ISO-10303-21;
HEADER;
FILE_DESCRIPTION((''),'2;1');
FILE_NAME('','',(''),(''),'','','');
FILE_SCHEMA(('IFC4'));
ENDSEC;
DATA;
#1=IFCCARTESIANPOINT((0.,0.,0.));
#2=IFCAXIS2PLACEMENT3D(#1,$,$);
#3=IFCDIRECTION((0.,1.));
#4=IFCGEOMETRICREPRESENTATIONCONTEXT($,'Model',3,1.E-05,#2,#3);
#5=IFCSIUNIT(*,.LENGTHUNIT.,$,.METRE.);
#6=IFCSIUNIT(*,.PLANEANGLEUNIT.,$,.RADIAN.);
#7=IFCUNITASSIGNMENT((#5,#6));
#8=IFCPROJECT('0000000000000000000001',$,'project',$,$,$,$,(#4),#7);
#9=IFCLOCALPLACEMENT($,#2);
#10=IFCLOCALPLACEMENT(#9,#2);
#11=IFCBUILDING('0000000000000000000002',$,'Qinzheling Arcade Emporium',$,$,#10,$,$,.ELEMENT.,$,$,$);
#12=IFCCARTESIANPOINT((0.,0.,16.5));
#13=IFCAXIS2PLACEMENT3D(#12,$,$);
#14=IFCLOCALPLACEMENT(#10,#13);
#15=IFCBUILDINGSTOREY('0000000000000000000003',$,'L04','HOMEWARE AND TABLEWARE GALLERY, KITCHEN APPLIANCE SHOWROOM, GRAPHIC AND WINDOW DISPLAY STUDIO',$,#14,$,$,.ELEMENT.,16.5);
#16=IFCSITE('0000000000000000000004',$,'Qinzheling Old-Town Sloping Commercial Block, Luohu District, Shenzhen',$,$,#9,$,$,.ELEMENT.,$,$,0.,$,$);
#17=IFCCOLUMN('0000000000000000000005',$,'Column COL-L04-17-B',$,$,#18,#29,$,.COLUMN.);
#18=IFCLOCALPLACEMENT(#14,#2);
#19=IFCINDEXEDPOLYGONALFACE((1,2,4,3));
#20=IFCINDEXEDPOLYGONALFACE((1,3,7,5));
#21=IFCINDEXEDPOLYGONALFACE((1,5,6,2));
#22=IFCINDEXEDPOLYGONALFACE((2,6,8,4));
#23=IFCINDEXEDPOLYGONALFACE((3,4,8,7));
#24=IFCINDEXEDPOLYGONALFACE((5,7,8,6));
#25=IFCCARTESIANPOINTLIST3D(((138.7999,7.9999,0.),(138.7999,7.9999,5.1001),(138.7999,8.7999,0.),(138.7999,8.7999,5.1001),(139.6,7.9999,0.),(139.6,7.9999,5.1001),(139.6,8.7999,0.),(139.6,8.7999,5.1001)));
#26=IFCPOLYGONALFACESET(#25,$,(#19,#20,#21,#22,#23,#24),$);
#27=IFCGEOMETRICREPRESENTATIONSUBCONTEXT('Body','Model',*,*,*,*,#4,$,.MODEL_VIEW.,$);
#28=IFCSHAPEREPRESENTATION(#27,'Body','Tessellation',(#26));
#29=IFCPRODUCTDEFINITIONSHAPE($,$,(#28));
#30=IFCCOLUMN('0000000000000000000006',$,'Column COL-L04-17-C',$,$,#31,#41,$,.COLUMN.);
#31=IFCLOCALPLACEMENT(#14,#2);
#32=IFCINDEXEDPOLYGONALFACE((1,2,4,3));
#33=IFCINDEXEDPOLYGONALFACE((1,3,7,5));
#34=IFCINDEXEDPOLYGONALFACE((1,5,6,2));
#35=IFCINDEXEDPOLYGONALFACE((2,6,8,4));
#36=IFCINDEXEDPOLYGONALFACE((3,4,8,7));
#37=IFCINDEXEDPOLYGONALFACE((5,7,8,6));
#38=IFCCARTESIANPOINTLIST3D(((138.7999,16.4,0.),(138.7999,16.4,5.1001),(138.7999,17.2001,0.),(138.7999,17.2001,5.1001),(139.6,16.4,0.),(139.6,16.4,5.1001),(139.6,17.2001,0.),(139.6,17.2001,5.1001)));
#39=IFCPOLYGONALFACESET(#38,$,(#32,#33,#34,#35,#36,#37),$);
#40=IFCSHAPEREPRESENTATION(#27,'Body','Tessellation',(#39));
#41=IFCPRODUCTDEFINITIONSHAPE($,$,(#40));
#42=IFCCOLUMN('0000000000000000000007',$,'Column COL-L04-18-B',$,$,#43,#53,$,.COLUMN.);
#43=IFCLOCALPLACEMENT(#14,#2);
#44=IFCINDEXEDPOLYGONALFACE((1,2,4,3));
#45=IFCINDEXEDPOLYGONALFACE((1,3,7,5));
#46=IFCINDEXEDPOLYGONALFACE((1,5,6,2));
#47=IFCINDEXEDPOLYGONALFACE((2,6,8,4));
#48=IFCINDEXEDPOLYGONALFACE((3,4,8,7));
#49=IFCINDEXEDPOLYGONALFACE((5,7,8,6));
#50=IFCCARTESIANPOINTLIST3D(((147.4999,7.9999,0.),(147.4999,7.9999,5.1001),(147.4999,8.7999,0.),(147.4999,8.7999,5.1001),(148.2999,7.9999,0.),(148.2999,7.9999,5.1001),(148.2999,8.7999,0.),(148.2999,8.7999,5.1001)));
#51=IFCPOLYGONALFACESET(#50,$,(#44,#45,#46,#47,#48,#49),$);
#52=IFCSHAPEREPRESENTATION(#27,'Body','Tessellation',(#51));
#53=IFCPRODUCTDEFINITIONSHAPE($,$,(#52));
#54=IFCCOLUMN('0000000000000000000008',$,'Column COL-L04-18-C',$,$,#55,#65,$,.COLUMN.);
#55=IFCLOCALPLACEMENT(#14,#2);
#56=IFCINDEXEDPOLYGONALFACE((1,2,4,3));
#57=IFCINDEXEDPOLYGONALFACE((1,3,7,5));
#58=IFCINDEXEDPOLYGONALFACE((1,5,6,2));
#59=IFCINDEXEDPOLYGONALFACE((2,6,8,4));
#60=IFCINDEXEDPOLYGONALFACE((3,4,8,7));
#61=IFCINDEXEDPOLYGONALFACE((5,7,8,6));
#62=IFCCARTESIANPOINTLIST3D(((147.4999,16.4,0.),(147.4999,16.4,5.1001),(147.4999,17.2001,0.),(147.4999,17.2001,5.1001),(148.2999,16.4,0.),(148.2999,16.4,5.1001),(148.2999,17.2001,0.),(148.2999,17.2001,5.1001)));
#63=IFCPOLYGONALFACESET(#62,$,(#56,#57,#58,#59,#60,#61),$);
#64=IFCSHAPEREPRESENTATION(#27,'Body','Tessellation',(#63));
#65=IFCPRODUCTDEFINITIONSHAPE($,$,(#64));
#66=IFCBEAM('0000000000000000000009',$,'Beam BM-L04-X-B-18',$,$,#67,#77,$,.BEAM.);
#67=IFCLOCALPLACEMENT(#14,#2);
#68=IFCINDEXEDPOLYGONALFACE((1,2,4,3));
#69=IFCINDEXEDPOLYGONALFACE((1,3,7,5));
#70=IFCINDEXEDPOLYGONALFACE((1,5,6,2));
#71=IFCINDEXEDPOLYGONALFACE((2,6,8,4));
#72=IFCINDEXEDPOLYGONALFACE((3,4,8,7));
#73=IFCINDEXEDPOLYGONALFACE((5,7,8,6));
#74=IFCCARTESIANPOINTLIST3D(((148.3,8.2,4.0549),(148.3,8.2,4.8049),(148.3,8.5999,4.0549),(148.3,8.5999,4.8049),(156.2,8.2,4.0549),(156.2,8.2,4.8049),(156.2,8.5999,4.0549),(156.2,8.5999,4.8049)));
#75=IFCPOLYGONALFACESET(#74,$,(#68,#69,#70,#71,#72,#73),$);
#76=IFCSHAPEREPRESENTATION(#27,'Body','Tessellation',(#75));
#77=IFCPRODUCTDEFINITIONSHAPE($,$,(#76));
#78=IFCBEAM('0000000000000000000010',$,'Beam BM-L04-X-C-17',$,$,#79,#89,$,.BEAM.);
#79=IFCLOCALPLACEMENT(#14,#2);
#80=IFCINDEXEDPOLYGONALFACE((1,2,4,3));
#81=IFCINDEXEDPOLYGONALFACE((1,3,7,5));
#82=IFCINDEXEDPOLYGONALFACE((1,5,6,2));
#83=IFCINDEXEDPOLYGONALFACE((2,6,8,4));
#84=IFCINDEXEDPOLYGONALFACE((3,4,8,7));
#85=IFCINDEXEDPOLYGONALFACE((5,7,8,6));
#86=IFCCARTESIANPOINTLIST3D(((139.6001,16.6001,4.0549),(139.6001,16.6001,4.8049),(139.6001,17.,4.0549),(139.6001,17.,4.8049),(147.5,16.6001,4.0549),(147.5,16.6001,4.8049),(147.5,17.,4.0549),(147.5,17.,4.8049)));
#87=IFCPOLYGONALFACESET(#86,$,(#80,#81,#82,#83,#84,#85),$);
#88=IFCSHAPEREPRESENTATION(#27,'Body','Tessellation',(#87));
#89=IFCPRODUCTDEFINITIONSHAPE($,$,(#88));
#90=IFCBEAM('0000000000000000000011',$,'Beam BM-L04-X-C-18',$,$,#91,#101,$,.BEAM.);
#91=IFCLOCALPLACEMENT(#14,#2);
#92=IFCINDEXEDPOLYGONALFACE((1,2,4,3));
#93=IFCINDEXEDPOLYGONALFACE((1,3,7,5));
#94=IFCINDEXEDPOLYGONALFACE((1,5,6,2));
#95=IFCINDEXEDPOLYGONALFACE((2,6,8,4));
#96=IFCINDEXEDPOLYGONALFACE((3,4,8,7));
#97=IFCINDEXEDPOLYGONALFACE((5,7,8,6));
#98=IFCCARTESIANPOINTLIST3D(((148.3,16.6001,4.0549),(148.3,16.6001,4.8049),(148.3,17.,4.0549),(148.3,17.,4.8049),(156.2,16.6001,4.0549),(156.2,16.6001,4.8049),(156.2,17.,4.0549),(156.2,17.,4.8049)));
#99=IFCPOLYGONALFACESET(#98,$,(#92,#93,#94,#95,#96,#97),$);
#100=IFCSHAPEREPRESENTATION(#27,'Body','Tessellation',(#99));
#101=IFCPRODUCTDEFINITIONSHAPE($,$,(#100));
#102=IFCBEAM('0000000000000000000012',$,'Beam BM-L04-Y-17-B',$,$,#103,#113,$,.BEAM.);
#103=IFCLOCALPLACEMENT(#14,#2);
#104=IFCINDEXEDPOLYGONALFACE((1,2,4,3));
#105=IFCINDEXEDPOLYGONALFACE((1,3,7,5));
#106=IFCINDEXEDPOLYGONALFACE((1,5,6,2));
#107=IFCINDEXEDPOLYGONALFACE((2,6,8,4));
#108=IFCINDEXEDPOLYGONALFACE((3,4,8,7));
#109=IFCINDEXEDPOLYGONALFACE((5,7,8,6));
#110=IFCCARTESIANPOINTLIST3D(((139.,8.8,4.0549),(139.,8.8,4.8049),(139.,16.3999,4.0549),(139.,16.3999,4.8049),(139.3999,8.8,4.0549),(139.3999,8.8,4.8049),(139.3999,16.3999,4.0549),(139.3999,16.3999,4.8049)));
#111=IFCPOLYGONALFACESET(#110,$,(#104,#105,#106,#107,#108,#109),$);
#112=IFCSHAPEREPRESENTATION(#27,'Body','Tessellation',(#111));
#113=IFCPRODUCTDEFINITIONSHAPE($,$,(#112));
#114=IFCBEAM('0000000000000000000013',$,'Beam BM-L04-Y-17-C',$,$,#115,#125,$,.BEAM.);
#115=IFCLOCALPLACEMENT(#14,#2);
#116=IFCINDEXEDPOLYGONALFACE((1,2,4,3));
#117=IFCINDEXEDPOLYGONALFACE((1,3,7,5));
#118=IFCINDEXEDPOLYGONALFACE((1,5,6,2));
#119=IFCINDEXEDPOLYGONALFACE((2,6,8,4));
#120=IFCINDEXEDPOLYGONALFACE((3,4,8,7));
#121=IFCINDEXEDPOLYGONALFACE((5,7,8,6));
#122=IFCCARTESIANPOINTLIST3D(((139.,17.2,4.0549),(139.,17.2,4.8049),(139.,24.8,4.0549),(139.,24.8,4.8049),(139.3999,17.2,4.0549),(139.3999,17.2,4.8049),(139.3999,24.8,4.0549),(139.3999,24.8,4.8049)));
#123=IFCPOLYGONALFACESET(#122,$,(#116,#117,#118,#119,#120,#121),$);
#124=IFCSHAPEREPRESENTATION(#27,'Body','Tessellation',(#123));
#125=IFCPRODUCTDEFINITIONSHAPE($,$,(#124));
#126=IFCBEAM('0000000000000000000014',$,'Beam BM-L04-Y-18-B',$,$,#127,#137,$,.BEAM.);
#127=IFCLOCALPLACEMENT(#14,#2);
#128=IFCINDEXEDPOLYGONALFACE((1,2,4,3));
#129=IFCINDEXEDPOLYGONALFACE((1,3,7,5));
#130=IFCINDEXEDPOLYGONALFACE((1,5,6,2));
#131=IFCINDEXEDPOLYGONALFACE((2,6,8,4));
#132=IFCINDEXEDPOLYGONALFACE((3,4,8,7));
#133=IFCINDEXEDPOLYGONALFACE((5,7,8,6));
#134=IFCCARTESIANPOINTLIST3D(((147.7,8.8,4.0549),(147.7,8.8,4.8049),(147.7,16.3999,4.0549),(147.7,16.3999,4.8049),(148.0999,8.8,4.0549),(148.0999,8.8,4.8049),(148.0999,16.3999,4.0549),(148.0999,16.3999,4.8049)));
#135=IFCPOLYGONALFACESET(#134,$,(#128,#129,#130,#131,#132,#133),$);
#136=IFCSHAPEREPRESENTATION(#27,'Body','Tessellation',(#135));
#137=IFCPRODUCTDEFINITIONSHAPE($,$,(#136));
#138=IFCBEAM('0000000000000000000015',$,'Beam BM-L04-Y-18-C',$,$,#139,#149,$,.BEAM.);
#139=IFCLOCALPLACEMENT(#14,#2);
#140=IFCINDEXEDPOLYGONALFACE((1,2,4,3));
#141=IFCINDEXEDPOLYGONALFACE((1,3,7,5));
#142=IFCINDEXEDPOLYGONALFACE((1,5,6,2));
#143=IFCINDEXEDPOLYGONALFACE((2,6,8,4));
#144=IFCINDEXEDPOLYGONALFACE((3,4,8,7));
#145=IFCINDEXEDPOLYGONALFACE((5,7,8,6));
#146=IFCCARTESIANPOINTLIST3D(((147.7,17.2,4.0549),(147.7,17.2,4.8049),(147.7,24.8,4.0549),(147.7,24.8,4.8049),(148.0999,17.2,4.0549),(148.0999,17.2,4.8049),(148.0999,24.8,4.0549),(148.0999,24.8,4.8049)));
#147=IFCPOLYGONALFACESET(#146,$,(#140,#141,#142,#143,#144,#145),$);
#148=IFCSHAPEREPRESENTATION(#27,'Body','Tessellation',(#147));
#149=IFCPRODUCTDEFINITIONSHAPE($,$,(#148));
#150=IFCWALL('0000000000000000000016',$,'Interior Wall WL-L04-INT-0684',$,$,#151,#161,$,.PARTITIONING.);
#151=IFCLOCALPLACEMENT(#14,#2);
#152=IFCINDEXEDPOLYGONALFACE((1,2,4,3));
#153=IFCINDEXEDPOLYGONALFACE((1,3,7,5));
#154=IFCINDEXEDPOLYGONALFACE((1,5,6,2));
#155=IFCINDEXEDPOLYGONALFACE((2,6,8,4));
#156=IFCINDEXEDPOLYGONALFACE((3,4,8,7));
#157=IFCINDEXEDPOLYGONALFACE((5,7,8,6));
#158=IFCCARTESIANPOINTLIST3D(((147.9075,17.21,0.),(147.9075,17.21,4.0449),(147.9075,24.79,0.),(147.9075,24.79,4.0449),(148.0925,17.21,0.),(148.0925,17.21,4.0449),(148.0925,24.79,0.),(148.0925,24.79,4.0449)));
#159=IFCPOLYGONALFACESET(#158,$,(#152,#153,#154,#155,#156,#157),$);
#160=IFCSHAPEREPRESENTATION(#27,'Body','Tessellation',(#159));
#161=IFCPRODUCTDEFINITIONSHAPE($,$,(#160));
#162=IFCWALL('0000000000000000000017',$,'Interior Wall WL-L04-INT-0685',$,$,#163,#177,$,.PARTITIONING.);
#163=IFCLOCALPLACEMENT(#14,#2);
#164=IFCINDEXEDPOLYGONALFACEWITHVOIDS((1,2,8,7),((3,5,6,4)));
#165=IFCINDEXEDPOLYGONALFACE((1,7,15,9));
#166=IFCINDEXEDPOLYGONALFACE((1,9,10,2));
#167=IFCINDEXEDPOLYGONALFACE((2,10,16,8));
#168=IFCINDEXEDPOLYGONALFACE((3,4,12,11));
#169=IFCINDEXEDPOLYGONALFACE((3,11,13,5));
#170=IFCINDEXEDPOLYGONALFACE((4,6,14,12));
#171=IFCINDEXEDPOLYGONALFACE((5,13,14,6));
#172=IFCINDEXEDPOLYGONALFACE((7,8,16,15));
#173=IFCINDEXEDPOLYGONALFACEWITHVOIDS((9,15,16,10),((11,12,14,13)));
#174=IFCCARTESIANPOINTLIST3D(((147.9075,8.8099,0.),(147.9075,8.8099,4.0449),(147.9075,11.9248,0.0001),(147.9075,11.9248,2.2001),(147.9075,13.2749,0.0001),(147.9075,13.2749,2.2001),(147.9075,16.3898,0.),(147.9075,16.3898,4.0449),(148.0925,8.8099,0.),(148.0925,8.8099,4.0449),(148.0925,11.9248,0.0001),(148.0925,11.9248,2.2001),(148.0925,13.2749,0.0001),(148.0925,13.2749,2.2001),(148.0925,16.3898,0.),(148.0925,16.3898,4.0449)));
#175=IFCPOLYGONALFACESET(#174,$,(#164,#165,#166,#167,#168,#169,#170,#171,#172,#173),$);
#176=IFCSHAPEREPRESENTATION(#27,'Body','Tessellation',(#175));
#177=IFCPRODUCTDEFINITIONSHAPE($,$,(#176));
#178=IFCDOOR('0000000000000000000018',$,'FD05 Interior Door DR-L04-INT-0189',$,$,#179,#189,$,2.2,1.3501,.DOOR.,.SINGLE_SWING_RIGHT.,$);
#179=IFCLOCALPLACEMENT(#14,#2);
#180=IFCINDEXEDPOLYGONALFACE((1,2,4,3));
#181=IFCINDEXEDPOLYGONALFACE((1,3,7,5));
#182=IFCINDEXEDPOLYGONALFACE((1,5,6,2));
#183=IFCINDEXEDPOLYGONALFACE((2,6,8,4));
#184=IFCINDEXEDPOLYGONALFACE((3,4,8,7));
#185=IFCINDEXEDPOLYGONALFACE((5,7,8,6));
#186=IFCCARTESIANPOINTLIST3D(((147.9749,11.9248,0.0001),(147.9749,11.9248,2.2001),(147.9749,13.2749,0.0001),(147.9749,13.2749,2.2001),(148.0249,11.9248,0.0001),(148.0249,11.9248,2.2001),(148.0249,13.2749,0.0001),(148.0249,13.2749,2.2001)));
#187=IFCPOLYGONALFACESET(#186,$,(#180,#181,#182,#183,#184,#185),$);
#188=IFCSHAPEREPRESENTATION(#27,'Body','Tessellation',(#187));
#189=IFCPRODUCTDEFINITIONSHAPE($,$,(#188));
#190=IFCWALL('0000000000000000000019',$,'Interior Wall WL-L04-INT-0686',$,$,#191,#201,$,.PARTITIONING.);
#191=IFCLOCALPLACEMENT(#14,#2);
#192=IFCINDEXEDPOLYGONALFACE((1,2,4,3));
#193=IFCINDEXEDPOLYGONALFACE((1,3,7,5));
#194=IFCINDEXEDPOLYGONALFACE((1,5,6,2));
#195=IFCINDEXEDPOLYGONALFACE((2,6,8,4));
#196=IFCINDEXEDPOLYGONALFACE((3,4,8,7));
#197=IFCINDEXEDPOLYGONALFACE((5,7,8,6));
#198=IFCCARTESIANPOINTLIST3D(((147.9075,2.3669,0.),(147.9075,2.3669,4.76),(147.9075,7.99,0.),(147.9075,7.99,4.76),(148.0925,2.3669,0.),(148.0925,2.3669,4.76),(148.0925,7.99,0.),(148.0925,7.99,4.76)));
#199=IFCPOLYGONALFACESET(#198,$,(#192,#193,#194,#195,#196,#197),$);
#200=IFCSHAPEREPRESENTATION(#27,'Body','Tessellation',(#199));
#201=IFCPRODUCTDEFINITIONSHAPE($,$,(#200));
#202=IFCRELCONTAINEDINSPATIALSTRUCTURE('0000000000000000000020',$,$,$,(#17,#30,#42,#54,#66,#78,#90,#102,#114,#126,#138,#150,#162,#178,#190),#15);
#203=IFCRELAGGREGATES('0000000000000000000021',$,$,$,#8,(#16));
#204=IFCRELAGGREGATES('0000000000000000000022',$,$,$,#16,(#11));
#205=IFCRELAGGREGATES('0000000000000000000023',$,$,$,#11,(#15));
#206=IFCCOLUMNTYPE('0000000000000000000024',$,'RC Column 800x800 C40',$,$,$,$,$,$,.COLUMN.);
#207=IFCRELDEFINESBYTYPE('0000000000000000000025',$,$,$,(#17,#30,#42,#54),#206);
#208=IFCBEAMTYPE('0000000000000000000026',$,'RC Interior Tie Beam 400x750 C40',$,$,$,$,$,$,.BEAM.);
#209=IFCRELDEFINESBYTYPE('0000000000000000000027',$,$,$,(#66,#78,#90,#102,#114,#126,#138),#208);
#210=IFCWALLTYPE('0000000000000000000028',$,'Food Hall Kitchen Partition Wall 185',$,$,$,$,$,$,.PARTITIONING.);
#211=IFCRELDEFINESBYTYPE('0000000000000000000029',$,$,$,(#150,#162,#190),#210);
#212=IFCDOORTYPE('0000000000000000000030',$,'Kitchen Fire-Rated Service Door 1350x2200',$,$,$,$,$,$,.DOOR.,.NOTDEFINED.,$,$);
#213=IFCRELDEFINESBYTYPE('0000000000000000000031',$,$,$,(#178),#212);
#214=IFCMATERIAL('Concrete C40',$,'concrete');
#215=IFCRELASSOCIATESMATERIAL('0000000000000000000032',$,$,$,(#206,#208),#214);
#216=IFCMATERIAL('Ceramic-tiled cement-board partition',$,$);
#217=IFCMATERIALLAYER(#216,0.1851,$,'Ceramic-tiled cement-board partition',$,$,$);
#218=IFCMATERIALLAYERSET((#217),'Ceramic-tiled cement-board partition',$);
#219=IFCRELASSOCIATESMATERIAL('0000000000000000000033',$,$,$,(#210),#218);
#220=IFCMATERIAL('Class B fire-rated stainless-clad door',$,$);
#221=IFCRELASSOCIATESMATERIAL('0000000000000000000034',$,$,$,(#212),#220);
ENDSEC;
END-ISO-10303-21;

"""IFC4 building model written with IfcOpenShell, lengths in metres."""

from ifc_helpers import new_model, si_unit, direction, frame, frame_2d, origin, origin_2d, place, context, subcontext, project, spatial, rectangle, extrude, material, layer, layer_set, material_profile, profile_set, type_object, element, fill, save


model = new_model("IFC4")

# Units and contexts
model_context = context("Model", 3, precision=1e-05, world=origin(), true_north=direction((0.0, 1.0)))
body_context = subcontext(model_context, "Body", "Model", "MODEL_VIEW")
ifc_project = project(units=[si_unit("LENGTHUNIT", "METRE"), si_unit("PLANEANGLEUNIT", "RADIAN")], contexts=[model_context])

# Site, building, storey
site_placement = place(None, origin())
site = spatial("IfcSite", under=ifc_project, at=site_placement, Name="Qinzheling Old-Town Sloping Commercial Block, Luohu District, Shenzhen", CompositionType="ELEMENT", RefElevation=0.0)
building_placement = place(site_placement, origin())
building = spatial("IfcBuilding", under=site, at=building_placement, Name="Qinzheling Arcade Emporium", CompositionType="ELEMENT")
storey_placement = place(building_placement, frame((0.0, 0.0, 16.5)))
storey = spatial("IfcBuildingStorey", under=building, at=storey_placement, Name="L04", Description="HOMEWARE AND TABLEWARE GALLERY, KITCHEN APPLIANCE SHOWROOM, GRAPHIC AND WINDOW DISPLAY STUDIO", CompositionType="ELEMENT", Elevation=16.5)

# Columns
ifc_material_1 = material(Name="Concrete C40", Category="concrete")
ifc_material_profile_1 = material_profile(ifc_material_1, rectangle(XDim=0.8, YDim=0.8, at=origin_2d()), Name="RC 800x800", Category="concrete")
ifc_profile_set_1 = profile_set([ifc_material_profile_1], Name="Concrete C40")
column_type = type_object("IfcColumnType", Name="RC Column 800x800 C40", PredefinedType="COLUMN", material=ifc_profile_set_1)
for number, where, z_axis, x_axis, name in (
    (1, (139.2, 8.3999, 0.0), (0.0, 0.0, 1.0), (1.0, 0.0, 0.0), "Column COL-L04-17-B"),
    (2, (139.2, 16.8, 0.0), (0.0, 0.0, 1.0), (1.0, 0.0, 0.0), "Column COL-L04-17-C"),
    (3, (147.8999, 8.3999, 0.0), (0.0, 0.0, 1.0), (1.0, 0.0, 0.0), "Column COL-L04-18-B"),
    (4, (147.8999, 16.8, 0.0), (0.0, 0.0, 1.0), (1.0, 0.0, 0.0), "Column COL-L04-18-C"),
):
    element("IfcColumn", number, at=place(storey_placement, frame(where, z_axis=z_axis, x_axis=x_axis)), inside=storey, type_object=column_type, Name=name, PredefinedType="COLUMN", context=body_context, shape_type="SweptSolid", body=[
        extrude(rectangle(XDim=0.8, YDim=0.8, at=origin_2d()), origin(), (0.0, 0.0, 1.0), 5.1001),
    ])

# Beams
ifc_material_profile_2 = material_profile(ifc_material_1, rectangle(XDim=0.3999, YDim=0.75, at=origin_2d()), Name="RC 400x750", Category="concrete")
ifc_profile_set_2 = profile_set([ifc_material_profile_2], Name="Concrete C40")
beam_type = type_object("IfcBeamType", Name="RC Interior Tie Beam 400x750 C40", PredefinedType="BEAM", material=ifc_profile_set_2)
for number, where, z_axis, x_axis, name in (
    (5, (148.3, 8.3999, 4.4299), (1.0, 0.0, 0.0), (0.0, 1.0, 0.0), "Beam BM-L04-X-B-18"),
    (6, (139.6001, 16.8, 4.4299), (1.0, 0.0, 0.0), (0.0, 1.0, 0.0), "Beam BM-L04-X-C-17"),
    (7, (148.3, 16.8, 4.4299), (1.0, 0.0, 0.0), (0.0, 1.0, 0.0), "Beam BM-L04-X-C-18"),
):
    element("IfcBeam", number, at=place(storey_placement, frame(where, z_axis=z_axis, x_axis=x_axis)), inside=storey, type_object=beam_type, Name=name, PredefinedType="BEAM", context=body_context, shape_type="SweptSolid", body=[
        extrude(rectangle(XDim=0.3999, YDim=0.75, at=origin_2d()), origin(), (0.0, 0.0, 1.0), 7.8999),
    ])
beam_1_placement = place(storey_placement, frame((139.2, 8.8, 4.4299), z_axis=(0.0, 1.0, 0.0), x_axis=(-1.0, 0.0, 0.0)))
element("IfcBeam", 8, at=beam_1_placement, inside=storey, type_object=beam_type, Name="Beam BM-L04-Y-17-B", PredefinedType="BEAM", context=body_context, shape_type="SweptSolid", body=[
    extrude(rectangle(XDim=0.3999, YDim=0.75, at=origin_2d()), origin(), (0.0, 0.0, 1.0), 7.5999),
])
beam_2_placement = place(storey_placement, frame((139.2, 17.2, 4.4299), z_axis=(0.0, 1.0, 0.0), x_axis=(-1.0, 0.0, 0.0)))
element("IfcBeam", 9, at=beam_2_placement, inside=storey, type_object=beam_type, Name="Beam BM-L04-Y-17-C", PredefinedType="BEAM", context=body_context, shape_type="SweptSolid", body=[
    extrude(rectangle(XDim=0.3999, YDim=0.75, at=origin_2d()), origin(), (0.0, 0.0, 1.0), 7.6001),
])
beam_3_placement = place(storey_placement, frame((147.8999, 8.8, 4.4299), z_axis=(0.0, 1.0, 0.0), x_axis=(-1.0, 0.0, 0.0)))
element("IfcBeam", 10, at=beam_3_placement, inside=storey, type_object=beam_type, Name="Beam BM-L04-Y-18-B", PredefinedType="BEAM", context=body_context, shape_type="SweptSolid", body=[
    extrude(rectangle(XDim=0.3999, YDim=0.75, at=origin_2d()), origin(), (0.0, 0.0, 1.0), 7.5999),
])
beam_4_placement = place(storey_placement, frame((147.8999, 17.2, 4.4299), z_axis=(0.0, 1.0, 0.0), x_axis=(-1.0, 0.0, 0.0)))
element("IfcBeam", 11, at=beam_4_placement, inside=storey, type_object=beam_type, Name="Beam BM-L04-Y-18-C", PredefinedType="BEAM", context=body_context, shape_type="SweptSolid", body=[
    extrude(rectangle(XDim=0.3999, YDim=0.75, at=origin_2d()), origin(), (0.0, 0.0, 1.0), 7.6001),
])

# Wall
ifc_material_2 = material(Name="Ceramic-tiled cement-board partition")
ifc_layer_1 = layer(ifc_material_2, 0.1851, Name="Ceramic-tiled cement-board partition")
ifc_layer_set_1 = layer_set([ifc_layer_1], Name="Ceramic-tiled cement-board partition")
wall_type_1 = type_object("IfcWallType", Name="Food Hall Kitchen Partition Wall 185", PredefinedType="PARTITIONING", material=ifc_layer_set_1)
wall_1_placement = place(storey_placement, frame((148.0, 24.79, 0.0), z_axis=(0.0, 0.0, 1.0), x_axis=(0.0, -1.0, 0.0)))
element("IfcWall", 12, at=wall_1_placement, inside=storey, type_object=wall_type_1, Name="Interior Wall WL-L04-INT-0684", PredefinedType="PARTITIONING", context=body_context, shape_type="SweptSolid", body=[
    extrude(rectangle(XDim=7.5801, YDim=0.1851, at=frame_2d((3.79, 0.0))), origin(), (0.0, 0.0, 1.0), 4.0449),
])

# Wall, opening, door
wall_2_placement = place(storey_placement, frame((148.0, 16.3899, 0.0), z_axis=(0.0, 0.0, 1.0), x_axis=(0.0, -1.0, 0.0)))
wall_2 = element("IfcWall", 13, at=wall_2_placement, inside=storey, type_object=wall_type_1, Name="Interior Wall WL-L04-INT-0685", PredefinedType="PARTITIONING", context=body_context, shape_type="SweptSolid", body=[
    extrude(rectangle(XDim=7.5798, YDim=0.1851, at=frame_2d((3.79, 0.0))), origin(), (0.0, 0.0, 1.0), 4.0449),
])
opening_placement = place(wall_2_placement, frame((3.115, 0.0, 0.0)))
opening = element("IfcOpeningElement", 14, at=opening_placement, cuts=wall_2, PredefinedType="OPENING", context=body_context, shape_type="SweptSolid", body=[
    extrude(rectangle(XDim=1.3501, YDim=2.2, at=frame_2d((0.675, 1.1001))), frame((0.0, 0.1025, 0.0), z_axis=(0.0, -1.0, 0.0), x_axis=(1.0, 0.0, 0.0)), (0.0, 0.0, 1.0), 0.2051),
])
ifc_material_3 = material(Name="Class B fire-rated stainless-clad door")
door_type = type_object("IfcDoorType", Name="Kitchen Fire-Rated Service Door 1350x2200", OperationType="NOTDEFINED", PredefinedType="DOOR", material=ifc_material_3)
door_placement = place(opening_placement, origin())
door = element("IfcDoor", 15, at=door_placement, inside=storey, type_object=door_type, Name="FD05 Interior Door DR-L04-INT-0189", OperationType="SINGLE_SWING_RIGHT", OverallHeight=2.2, OverallWidth=1.3501, PredefinedType="DOOR", context=body_context, shape_type="SweptSolid", body=[
    extrude(rectangle(XDim=1.3501, YDim=2.2, at=frame_2d((0.675, 1.1001))), frame((0.0, 0.0249, 0.0), z_axis=(0.0, -1.0, 0.0), x_axis=(1.0, 0.0, 0.0)), (0.0, 0.0, 1.0), 0.05),
])
fill(opening, door)

# Wall
wall_3_placement = place(storey_placement, frame((148.0, 7.99, 0.0), z_axis=(0.0, 0.0, 1.0), x_axis=(0.0, -1.0, 0.0)))
element("IfcWall", 16, at=wall_3_placement, inside=storey, type_object=wall_type_1, Name="Interior Wall WL-L04-INT-0686", PredefinedType="PARTITIONING", context=body_context, shape_type="SweptSolid", body=[
    extrude(rectangle(XDim=5.623, YDim=0.1851, at=frame_2d((2.8115, 0.0))), origin(), (0.0, 0.0, 1.0), 4.76),
])

save(model, "model.ifc")
